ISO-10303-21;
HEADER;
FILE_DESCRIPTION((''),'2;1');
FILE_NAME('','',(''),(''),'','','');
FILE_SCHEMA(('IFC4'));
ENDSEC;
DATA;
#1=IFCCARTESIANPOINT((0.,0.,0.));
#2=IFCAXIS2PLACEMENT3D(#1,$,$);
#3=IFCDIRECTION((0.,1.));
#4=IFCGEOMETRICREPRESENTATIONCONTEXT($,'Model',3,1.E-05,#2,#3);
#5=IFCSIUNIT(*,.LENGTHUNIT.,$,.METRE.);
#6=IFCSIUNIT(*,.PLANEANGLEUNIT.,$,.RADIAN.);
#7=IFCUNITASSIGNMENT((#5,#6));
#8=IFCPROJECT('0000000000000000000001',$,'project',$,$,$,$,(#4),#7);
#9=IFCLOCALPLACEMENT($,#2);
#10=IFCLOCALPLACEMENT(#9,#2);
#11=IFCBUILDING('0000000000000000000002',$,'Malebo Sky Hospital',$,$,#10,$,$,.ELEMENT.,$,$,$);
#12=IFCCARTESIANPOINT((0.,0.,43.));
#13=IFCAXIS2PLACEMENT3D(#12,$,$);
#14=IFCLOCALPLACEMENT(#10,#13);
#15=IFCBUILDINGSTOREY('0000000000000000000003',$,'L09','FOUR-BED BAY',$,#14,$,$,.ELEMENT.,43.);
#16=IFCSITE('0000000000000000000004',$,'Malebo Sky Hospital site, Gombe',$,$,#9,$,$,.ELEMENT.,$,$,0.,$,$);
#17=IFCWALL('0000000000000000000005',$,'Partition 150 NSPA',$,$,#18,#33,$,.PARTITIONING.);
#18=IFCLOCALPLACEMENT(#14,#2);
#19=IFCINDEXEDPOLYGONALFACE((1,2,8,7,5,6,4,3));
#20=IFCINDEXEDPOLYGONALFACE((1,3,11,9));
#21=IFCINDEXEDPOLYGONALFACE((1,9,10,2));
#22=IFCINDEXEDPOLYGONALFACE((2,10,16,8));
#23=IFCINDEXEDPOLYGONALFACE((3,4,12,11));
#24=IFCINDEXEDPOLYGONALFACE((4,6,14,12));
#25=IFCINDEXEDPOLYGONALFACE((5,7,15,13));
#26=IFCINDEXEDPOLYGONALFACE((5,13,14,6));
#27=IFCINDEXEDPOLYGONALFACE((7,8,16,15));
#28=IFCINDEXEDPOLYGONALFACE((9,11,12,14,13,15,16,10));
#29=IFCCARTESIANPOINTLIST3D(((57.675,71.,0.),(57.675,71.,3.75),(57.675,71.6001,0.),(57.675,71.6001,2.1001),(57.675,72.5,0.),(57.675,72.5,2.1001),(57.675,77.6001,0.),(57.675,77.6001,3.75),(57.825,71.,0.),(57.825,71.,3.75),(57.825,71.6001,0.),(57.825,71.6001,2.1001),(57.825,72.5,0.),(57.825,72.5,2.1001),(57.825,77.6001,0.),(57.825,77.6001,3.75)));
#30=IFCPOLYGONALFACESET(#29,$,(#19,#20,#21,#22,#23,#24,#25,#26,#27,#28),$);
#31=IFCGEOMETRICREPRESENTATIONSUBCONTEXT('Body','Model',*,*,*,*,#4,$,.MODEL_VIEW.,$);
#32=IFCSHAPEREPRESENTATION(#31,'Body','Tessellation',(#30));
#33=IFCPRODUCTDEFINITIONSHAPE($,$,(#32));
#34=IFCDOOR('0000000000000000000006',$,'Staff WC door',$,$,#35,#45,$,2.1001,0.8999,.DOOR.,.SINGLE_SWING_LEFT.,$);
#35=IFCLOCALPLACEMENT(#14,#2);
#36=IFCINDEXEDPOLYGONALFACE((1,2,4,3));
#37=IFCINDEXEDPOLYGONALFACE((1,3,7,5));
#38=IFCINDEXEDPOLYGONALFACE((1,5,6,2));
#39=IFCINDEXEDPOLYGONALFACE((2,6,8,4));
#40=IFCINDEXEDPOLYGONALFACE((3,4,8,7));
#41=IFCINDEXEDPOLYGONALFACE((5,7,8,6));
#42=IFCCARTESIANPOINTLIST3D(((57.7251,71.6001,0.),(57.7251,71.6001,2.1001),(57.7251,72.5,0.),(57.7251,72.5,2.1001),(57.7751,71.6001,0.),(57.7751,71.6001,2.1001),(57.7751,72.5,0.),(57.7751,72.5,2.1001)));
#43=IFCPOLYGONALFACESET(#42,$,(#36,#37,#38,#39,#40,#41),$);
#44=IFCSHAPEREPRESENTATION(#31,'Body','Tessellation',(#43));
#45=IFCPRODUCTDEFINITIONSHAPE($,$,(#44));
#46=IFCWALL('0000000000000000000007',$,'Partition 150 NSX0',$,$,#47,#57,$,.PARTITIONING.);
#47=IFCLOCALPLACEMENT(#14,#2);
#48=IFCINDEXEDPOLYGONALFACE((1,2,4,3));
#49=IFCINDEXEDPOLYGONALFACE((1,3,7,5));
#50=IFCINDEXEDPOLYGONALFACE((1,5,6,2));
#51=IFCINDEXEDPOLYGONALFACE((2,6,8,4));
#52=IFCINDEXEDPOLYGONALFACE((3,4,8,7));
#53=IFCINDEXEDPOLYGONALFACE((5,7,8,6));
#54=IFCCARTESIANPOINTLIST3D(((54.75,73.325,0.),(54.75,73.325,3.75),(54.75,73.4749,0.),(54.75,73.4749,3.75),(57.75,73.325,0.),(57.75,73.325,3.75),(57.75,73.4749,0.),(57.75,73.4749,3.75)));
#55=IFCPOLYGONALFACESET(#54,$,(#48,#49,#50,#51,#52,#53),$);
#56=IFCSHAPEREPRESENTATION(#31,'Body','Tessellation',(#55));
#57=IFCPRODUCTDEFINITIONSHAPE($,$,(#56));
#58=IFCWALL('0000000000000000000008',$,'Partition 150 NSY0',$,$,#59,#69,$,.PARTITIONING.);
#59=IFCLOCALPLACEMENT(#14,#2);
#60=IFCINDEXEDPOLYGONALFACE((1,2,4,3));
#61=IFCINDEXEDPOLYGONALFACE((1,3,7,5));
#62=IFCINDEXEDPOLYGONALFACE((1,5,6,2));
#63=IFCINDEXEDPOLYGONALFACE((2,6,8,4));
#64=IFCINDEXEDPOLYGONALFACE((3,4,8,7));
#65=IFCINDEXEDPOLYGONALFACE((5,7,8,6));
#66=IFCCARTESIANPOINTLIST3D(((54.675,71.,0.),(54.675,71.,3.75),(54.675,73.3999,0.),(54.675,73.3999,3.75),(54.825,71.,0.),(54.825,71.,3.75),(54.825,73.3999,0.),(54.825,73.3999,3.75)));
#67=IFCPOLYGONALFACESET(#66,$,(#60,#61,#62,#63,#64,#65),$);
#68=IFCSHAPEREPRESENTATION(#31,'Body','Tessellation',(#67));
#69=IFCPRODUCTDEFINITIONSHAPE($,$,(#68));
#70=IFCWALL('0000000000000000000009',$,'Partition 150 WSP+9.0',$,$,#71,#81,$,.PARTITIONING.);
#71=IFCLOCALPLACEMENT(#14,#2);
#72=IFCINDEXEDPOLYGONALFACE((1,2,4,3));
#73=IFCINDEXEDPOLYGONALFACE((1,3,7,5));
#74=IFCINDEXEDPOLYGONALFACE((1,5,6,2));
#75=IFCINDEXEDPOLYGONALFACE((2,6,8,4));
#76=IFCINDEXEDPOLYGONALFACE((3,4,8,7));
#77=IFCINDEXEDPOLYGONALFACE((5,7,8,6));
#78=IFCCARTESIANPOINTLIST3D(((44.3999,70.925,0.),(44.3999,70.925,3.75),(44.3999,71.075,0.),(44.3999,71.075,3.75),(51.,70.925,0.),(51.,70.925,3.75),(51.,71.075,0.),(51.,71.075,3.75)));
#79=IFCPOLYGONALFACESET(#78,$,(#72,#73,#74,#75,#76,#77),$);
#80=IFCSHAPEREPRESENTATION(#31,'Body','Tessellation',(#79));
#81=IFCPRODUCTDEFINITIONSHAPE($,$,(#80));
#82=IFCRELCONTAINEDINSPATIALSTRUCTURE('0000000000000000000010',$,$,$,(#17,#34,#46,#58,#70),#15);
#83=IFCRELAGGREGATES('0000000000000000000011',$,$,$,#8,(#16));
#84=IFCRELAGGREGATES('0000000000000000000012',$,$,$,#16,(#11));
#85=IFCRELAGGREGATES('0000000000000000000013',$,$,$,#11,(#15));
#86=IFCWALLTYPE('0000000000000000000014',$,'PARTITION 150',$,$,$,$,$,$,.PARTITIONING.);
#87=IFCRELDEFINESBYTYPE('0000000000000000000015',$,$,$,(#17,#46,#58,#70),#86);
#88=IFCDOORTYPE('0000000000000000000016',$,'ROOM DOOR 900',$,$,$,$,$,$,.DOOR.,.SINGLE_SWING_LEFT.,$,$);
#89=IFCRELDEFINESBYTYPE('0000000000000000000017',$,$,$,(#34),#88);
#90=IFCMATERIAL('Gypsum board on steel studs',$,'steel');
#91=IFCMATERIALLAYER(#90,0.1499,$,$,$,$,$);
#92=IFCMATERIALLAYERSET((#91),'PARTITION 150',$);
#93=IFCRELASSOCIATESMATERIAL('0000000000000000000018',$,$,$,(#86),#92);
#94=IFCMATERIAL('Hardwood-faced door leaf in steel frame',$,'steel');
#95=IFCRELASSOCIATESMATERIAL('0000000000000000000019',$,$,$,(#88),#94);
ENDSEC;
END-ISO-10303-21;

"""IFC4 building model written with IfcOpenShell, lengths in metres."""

from ifc_helpers import new_model, si_unit, direction, frame, frame_2d, origin, place, context, subcontext, project, spatial, rectangle, extrude, material, layer, layer_set, type_object, element, fill, save


model = new_model("IFC4")

# Units and contexts
model_context = context("Model", 3, precision=1e-05, world=origin(), true_north=direction((0.0, 1.0)))
body_context = subcontext(model_context, "Body", "Model", "MODEL_VIEW")
ifc_project = project(units=[si_unit("LENGTHUNIT", "METRE"), si_unit("PLANEANGLEUNIT", "RADIAN")], contexts=[model_context])

# Site, building, storey
site_placement = place(None, origin())
site = spatial("IfcSite", under=ifc_project, at=site_placement, Name="Malebo Sky Hospital site, Gombe", CompositionType="ELEMENT", RefElevation=0.0)
building_placement = place(site_placement, origin())
building = spatial("IfcBuilding", under=site, at=building_placement, Name="Malebo Sky Hospital", CompositionType="ELEMENT")
storey_placement = place(building_placement, frame((0.0, 0.0, 43.0)))
storey = spatial("IfcBuildingStorey", under=building, at=storey_placement, Name="L09", Description="FOUR-BED BAY", CompositionType="ELEMENT", Elevation=43.0)

# Shared definitions
ifc_material_1 = material(Name="Gypsum board on steel studs", Category="steel")
ifc_material_2 = material(Name="Hardwood-faced door leaf in steel frame", Category="steel")

# Shared definitions
ifc_layer_1 = layer(ifc_material_1, 0.1499)
ifc_layer_set_1 = layer_set([ifc_layer_1], Name="PARTITION 150")
wall_type_1 = type_object("IfcWallType", Name="PARTITION 150", PredefinedType="PARTITIONING", material=ifc_layer_set_1)

# Wall, opening, door
wall_1_placement = place(storey_placement, frame((57.75, 71.0, 0.0), z_axis=(0.0, 0.0, 1.0), x_axis=(0.0, 1.0, 0.0)))
wall_1 = element("IfcWall", 1, at=wall_1_placement, inside=storey, type_object=wall_type_1, Name="Partition 150 NSPA", PredefinedType="PARTITIONING", context=body_context, shape_type="SweptSolid", body=[
    extrude(rectangle(XDim=6.6001, YDim=0.1499, at=frame_2d((3.3, 0.0))), origin(), (0.0, 0.0, 1.0), 3.75),
])
opening_1_placement = place(wall_1_placement, frame((0.6001, 0.0, 0.0)))
opening_1 = element("IfcOpeningElement", 2, at=opening_1_placement, cuts=wall_1, PredefinedType="OPENING", context=body_context, shape_type="SweptSolid", body=[
    extrude(rectangle(XDim=0.8999, YDim=2.1001, at=frame_2d((0.45, 1.05))), frame((0.0, 0.085, 0.0), z_axis=(0.0, -1.0, 0.0), x_axis=(1.0, 0.0, 0.0)), (0.0, 0.0, 1.0), 0.1699),
])
door_type_1 = type_object("IfcDoorType", Name="ROOM DOOR 900", OperationType="SINGLE_SWING_LEFT", PredefinedType="DOOR", material=ifc_material_2)
door_1_placement = place(opening_1_placement, origin())
door_1 = element("IfcDoor", 3, at=door_1_placement, inside=storey, type_object=door_type_1, Name="Staff WC door", OperationType="SINGLE_SWING_LEFT", OverallHeight=2.1001, OverallWidth=0.8999, PredefinedType="DOOR", context=body_context, shape_type="SweptSolid", body=[
    extrude(rectangle(XDim=0.8999, YDim=2.1001, at=frame_2d((0.45, 1.05))), frame((0.0, 0.0249, 0.0), z_axis=(0.0, -1.0, 0.0), x_axis=(1.0, 0.0, 0.0)), (0.0, 0.0, 1.0), 0.05),
])
fill(opening_1, door_1)

# Walls
wall_2_placement = place(storey_placement, frame((54.75, 73.3999, 0.0), z_axis=(0.0, 0.0, 1.0), x_axis=(1.0, 0.0, 0.0)))
element("IfcWall", 4, at=wall_2_placement, inside=storey, type_object=wall_type_1, Name="Partition 150 NSX0", PredefinedType="PARTITIONING", context=body_context, shape_type="SweptSolid", body=[
    extrude(rectangle(XDim=3.0, YDim=0.1499, at=frame_2d((1.5, 0.0))), origin(), (0.0, 0.0, 1.0), 3.75),
])
wall_3_placement = place(storey_placement, frame((54.75, 71.0, 0.0), z_axis=(0.0, 0.0, 1.0), x_axis=(0.0, 1.0, 0.0)))
element("IfcWall", 5, at=wall_3_placement, inside=storey, type_object=wall_type_1, Name="Partition 150 NSY0", PredefinedType="PARTITIONING", context=body_context, shape_type="SweptSolid", body=[
    extrude(rectangle(XDim=2.3999, YDim=0.1499, at=frame_2d((1.2, 0.0))), origin(), (0.0, 0.0, 1.0), 3.75),
])
wall_4_placement = place(storey_placement, frame((51.0, 71.0, 0.0), z_axis=(0.0, 0.0, 1.0), x_axis=(-1.0, 0.0, 0.0)))
element("IfcWall", 6, at=wall_4_placement, inside=storey, type_object=wall_type_1, Name="Partition 150 WSP+9.0", PredefinedType="PARTITIONING", context=body_context, shape_type="SweptSolid", body=[
    extrude(rectangle(XDim=6.6001, YDim=0.1499, at=frame_2d((3.3, 0.0))), origin(), (0.0, 0.0, 1.0), 3.75),
])

save(model, "model.ifc")
